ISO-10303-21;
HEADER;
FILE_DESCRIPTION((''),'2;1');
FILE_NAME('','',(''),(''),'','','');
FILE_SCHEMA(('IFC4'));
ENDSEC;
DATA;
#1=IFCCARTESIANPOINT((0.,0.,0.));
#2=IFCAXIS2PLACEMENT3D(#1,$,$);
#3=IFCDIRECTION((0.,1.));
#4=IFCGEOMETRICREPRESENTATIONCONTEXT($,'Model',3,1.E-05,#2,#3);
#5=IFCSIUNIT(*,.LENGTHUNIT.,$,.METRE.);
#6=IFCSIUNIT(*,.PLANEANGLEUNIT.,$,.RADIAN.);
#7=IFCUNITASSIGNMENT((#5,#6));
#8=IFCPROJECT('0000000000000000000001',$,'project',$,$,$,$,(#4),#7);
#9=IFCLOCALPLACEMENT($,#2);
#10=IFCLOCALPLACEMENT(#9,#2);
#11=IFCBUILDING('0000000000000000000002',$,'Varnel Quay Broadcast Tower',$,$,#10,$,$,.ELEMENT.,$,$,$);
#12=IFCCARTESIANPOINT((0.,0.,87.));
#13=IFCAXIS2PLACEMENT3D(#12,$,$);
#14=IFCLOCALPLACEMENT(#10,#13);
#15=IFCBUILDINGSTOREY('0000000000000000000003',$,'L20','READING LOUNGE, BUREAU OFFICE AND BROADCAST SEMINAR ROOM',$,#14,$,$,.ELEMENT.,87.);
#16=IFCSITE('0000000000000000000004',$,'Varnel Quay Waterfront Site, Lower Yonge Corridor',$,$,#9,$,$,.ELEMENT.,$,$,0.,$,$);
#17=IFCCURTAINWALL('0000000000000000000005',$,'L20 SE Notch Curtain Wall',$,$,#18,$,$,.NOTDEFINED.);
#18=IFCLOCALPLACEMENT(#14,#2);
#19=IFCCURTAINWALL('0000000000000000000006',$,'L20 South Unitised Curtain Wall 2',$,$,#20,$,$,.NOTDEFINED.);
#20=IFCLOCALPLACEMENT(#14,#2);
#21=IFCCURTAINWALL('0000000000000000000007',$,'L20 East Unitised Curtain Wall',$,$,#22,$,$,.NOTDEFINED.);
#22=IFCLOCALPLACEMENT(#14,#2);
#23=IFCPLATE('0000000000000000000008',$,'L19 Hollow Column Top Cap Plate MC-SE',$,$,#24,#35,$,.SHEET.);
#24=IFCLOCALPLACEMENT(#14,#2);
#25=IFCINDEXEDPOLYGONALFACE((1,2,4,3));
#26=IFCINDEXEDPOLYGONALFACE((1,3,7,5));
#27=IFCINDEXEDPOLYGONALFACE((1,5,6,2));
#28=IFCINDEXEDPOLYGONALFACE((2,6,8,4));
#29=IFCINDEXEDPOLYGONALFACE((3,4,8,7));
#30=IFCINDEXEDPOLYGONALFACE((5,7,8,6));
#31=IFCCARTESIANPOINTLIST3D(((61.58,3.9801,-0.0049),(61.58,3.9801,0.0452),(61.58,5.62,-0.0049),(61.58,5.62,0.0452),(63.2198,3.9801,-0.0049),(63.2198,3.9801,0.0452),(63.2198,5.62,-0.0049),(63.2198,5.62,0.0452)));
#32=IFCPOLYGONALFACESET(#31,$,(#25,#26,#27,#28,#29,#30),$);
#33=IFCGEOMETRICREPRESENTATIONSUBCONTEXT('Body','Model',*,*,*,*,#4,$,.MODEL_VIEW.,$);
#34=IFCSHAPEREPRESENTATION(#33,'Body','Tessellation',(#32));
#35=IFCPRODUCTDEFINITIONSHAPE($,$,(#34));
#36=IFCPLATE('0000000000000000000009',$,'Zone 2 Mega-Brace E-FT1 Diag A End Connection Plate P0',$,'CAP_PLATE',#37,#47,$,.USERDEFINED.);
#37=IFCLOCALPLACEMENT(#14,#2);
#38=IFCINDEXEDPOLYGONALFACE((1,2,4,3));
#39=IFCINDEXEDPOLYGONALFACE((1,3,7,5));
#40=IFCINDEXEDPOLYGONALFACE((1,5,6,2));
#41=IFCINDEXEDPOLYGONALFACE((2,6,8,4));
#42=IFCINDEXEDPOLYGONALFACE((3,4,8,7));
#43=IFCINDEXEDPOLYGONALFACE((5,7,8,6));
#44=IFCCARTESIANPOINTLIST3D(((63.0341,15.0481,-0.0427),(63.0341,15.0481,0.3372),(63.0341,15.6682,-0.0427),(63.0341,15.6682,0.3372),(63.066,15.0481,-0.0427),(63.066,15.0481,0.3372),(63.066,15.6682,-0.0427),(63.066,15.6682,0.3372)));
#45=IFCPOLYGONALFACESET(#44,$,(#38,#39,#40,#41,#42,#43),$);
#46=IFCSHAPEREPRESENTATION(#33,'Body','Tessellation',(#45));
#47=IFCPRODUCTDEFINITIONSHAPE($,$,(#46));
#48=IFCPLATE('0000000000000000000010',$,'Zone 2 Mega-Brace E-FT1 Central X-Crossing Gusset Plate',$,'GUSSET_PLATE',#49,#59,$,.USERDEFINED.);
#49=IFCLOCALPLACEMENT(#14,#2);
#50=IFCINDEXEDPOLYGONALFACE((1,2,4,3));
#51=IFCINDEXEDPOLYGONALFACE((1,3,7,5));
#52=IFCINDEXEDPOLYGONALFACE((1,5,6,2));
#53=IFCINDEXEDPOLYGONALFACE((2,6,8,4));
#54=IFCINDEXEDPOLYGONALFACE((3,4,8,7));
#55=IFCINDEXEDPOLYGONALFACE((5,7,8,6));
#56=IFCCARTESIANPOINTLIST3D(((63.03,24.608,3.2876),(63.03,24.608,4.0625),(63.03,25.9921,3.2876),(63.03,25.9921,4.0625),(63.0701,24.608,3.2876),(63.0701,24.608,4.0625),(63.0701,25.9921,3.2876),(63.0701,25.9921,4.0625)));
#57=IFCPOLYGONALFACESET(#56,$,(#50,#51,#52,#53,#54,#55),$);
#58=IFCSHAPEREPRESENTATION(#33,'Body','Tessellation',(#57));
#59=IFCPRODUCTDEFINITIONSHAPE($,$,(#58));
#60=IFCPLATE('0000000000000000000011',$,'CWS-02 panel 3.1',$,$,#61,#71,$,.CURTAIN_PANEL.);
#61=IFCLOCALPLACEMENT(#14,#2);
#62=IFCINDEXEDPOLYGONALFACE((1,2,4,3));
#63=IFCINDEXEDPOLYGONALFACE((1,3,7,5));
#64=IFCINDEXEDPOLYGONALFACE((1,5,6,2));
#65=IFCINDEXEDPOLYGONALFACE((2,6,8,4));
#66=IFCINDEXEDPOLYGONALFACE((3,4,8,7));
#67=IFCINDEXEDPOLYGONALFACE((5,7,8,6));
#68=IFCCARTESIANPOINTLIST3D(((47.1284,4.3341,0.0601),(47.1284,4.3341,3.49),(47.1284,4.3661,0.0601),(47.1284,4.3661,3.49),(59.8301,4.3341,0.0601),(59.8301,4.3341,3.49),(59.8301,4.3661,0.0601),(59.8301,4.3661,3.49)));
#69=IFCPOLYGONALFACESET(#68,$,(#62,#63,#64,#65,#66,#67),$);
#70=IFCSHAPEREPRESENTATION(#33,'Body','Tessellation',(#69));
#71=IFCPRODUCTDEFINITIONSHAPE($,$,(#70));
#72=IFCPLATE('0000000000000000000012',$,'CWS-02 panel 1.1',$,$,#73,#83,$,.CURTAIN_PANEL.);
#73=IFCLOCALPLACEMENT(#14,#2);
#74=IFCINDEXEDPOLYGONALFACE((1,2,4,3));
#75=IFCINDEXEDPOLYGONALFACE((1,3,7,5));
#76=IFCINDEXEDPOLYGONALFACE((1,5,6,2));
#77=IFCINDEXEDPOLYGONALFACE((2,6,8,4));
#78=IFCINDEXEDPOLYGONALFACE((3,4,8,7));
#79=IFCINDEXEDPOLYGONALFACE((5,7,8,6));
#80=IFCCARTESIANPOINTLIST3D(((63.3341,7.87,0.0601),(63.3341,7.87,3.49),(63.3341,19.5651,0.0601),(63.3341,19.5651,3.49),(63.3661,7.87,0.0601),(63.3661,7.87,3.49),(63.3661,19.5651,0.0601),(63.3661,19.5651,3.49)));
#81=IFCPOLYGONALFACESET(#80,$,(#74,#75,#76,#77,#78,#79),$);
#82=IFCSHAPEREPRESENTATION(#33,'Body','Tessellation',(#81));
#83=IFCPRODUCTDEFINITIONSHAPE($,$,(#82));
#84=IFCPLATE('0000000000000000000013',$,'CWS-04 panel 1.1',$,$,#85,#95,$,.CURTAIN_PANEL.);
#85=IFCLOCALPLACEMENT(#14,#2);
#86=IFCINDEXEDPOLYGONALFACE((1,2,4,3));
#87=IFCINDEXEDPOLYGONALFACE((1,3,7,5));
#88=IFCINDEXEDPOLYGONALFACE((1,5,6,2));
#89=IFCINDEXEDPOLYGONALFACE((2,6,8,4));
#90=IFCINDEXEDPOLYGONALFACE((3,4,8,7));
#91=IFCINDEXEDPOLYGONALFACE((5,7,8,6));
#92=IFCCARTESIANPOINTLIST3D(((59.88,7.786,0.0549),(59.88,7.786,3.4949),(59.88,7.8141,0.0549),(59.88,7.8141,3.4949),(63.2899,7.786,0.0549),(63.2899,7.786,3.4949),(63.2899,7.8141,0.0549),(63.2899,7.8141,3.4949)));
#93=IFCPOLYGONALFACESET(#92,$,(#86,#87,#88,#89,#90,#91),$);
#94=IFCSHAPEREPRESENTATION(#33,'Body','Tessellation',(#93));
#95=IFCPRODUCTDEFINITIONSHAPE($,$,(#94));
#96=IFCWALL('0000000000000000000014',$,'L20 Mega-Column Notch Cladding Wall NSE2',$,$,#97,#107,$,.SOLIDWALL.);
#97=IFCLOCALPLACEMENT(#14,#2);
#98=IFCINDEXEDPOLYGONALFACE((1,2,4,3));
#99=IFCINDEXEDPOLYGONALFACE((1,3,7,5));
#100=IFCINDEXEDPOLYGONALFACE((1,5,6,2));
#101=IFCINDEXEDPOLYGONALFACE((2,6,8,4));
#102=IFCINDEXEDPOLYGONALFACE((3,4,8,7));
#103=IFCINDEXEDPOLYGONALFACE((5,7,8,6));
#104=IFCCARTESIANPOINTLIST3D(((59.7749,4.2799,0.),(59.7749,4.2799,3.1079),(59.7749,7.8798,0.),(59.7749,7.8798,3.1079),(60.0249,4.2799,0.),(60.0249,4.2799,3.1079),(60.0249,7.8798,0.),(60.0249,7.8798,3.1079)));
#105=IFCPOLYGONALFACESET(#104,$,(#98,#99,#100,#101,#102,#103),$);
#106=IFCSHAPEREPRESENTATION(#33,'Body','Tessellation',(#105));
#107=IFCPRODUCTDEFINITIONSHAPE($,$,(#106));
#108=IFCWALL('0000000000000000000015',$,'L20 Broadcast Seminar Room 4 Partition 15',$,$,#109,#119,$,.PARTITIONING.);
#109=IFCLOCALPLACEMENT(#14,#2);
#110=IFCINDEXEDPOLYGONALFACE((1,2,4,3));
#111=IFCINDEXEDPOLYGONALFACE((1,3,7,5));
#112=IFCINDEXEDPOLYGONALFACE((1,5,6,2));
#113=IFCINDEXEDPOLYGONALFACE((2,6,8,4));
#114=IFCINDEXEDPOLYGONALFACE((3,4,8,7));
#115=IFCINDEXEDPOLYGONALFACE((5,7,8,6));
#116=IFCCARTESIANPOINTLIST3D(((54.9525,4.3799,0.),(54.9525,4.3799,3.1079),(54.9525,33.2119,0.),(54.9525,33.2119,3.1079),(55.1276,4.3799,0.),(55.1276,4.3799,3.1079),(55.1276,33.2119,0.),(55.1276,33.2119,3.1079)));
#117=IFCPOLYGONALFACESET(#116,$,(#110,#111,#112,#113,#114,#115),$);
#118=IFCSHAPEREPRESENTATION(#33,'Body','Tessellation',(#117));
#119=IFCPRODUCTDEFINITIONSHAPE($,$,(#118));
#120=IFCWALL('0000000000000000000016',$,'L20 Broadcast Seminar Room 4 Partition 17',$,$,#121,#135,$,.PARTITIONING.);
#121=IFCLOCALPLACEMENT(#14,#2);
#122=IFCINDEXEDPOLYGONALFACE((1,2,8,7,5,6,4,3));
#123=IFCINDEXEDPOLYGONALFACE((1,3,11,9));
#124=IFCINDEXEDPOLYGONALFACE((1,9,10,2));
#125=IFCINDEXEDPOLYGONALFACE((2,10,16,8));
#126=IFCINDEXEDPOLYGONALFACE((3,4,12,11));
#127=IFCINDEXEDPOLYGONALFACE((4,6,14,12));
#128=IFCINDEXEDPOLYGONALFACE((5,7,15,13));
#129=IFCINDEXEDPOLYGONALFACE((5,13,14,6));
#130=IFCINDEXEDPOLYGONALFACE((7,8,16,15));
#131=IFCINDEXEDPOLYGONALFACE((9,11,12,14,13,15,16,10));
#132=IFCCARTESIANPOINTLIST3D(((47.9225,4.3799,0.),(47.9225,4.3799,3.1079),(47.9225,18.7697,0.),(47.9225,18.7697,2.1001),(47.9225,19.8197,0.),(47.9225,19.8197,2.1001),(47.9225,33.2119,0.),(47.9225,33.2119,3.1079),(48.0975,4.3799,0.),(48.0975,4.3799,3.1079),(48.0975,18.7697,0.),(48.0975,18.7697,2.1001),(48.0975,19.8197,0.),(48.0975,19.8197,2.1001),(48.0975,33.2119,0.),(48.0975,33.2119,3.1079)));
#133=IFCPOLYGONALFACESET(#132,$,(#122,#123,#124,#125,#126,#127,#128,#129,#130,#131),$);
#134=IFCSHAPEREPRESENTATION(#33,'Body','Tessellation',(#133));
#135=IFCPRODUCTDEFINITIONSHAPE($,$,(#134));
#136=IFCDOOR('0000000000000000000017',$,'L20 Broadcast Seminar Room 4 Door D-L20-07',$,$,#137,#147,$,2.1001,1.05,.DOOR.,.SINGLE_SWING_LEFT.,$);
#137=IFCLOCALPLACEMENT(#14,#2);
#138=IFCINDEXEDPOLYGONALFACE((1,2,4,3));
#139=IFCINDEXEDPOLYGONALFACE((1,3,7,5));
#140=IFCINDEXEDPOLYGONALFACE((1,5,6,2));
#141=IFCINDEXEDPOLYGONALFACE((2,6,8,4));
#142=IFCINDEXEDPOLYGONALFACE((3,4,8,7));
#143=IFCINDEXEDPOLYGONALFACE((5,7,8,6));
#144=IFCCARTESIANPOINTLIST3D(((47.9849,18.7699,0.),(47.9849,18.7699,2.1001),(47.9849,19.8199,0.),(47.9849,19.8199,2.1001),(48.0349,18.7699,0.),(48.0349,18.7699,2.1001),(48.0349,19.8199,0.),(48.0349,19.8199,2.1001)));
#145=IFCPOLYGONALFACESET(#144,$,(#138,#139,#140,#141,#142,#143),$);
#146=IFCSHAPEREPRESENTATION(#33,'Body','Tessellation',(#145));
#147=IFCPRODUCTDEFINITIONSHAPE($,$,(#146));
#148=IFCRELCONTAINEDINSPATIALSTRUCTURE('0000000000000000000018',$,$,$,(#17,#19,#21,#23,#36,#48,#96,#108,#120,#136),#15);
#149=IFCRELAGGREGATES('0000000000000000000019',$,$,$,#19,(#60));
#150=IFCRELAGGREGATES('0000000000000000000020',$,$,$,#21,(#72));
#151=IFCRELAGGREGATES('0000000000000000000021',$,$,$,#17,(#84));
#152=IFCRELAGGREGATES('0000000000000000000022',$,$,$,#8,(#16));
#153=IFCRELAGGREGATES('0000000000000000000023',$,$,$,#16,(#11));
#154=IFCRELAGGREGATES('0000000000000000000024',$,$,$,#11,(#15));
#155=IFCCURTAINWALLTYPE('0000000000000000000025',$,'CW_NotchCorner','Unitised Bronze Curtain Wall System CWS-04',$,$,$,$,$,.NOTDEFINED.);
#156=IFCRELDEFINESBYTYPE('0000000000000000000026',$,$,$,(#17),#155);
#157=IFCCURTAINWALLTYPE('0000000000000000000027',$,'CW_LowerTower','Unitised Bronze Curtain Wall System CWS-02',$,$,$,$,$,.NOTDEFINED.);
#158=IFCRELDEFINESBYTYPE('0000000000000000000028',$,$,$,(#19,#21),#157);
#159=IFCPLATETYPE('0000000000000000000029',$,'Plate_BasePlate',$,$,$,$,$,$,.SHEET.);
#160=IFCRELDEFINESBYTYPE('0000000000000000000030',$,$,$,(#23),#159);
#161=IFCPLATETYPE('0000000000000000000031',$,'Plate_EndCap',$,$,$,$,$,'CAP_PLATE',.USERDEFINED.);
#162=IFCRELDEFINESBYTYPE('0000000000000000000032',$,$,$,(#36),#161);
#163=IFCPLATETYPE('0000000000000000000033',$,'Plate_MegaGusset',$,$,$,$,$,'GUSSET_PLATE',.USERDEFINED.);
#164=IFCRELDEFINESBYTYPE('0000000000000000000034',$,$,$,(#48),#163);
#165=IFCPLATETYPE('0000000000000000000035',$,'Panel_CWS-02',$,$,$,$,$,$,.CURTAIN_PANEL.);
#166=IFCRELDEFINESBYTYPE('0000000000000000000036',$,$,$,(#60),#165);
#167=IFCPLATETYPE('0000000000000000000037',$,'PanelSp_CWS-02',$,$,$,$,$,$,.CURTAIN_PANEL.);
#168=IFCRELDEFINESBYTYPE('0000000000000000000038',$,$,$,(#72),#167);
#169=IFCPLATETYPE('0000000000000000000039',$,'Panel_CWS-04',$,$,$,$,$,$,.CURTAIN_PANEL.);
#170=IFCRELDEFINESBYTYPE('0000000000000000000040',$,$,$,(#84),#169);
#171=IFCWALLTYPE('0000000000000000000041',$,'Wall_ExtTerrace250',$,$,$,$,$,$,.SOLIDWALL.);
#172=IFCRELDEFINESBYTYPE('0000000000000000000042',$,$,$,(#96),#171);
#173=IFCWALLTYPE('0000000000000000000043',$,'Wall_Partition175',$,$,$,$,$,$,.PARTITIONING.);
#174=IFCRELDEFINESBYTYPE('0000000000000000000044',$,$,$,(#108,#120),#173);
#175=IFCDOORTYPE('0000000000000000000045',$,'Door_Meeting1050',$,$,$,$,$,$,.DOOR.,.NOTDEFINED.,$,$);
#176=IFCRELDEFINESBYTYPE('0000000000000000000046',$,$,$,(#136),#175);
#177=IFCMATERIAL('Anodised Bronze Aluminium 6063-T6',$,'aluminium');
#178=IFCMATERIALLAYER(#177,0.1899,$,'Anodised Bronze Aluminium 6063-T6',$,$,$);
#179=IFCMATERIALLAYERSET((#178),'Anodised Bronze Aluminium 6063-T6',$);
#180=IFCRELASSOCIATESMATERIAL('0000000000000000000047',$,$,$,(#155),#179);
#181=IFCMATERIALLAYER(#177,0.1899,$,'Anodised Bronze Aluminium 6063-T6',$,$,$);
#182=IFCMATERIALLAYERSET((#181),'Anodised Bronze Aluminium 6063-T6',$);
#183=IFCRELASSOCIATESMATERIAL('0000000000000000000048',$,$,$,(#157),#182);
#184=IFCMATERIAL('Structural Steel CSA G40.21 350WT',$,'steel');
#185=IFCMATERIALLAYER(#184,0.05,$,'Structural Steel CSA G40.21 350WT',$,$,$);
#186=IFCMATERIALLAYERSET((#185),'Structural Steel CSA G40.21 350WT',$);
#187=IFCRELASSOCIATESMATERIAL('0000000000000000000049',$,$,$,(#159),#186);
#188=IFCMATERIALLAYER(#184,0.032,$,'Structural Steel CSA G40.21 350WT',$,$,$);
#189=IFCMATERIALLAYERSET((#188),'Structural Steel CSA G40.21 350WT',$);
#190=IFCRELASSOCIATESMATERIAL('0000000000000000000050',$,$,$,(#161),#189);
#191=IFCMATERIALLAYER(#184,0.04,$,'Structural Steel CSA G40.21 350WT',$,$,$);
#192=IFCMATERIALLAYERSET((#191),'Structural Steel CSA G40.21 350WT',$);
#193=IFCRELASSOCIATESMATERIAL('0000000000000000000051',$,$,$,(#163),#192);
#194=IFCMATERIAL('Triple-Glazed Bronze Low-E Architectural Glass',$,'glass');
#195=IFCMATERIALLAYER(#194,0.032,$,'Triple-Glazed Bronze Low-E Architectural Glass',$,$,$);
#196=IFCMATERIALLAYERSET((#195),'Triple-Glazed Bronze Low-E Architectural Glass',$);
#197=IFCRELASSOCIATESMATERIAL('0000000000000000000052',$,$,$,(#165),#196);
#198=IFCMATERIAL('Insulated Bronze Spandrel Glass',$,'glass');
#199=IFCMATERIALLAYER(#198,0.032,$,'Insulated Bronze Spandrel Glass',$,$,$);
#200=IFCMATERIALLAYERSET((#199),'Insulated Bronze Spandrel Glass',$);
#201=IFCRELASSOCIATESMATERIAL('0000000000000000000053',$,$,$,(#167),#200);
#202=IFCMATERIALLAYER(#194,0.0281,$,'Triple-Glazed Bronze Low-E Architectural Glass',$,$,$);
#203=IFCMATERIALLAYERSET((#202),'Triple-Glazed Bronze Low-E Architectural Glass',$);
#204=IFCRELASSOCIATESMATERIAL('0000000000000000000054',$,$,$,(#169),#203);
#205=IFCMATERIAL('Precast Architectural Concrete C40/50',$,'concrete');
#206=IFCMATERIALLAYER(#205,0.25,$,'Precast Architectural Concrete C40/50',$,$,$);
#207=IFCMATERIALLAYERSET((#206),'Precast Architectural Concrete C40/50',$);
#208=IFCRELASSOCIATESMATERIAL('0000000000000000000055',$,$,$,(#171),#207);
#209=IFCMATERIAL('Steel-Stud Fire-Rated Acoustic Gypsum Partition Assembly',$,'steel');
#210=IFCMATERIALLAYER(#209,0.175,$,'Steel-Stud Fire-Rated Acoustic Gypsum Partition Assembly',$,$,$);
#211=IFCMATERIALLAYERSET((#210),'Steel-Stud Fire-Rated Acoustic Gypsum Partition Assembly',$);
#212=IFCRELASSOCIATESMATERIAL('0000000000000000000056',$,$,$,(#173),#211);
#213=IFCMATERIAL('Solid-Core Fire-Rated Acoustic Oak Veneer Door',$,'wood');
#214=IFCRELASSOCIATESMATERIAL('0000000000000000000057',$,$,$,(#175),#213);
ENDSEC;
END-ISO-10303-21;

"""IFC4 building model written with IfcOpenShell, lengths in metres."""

from ifc_helpers import new_model, si_unit, direction, frame, frame_2d, origin, origin_2d, place, context, subcontext, project, spatial, rectangle, extrude, source, transform, mapped, material, layer, layer_set, type_object, type_shapes, element, fill, aggregate, save


model = new_model("IFC4")

# Units and contexts
model_context = context("Model", 3, precision=1e-05, world=origin(), true_north=direction((0.0, 1.0)))
body_context = subcontext(model_context, "Body", "Model", "MODEL_VIEW")
ifc_project = project(units=[si_unit("LENGTHUNIT", "METRE"), si_unit("PLANEANGLEUNIT", "RADIAN")], contexts=[model_context])

# Site, building, storey
site_placement = place(None, origin())
site = spatial("IfcSite", under=ifc_project, at=site_placement, Name="Varnel Quay Waterfront Site, Lower Yonge Corridor", CompositionType="ELEMENT", RefElevation=0.0)
building_placement = place(site_placement, origin())
building = spatial("IfcBuilding", under=site, at=building_placement, Name="Varnel Quay Broadcast Tower", CompositionType="ELEMENT")
storey_placement = place(building_placement, frame((0.0, 0.0, 87.0)))
storey = spatial("IfcBuildingStorey", under=building, at=storey_placement, Name="L20", Description="READING LOUNGE, BUREAU OFFICE AND BROADCAST SEMINAR ROOM", CompositionType="ELEMENT", Elevation=87.0)

# Shared definitions
ifc_material_1 = material(Name="Structural Steel CSA G40.21 350WT", Category="steel")

# Curtain wall
ifc_material_2 = material(Name="Anodised Bronze Aluminium 6063-T6", Category="aluminium")
ifc_layer_1 = layer(ifc_material_2, 0.1899, Name="Anodised Bronze Aluminium 6063-T6")
ifc_layer_set_1 = layer_set([ifc_layer_1], Name="Anodised Bronze Aluminium 6063-T6")
curtain_wall_type_1 = type_object("IfcCurtainWallType", Name="CW_NotchCorner", Description="Unitised Bronze Curtain Wall System CWS-04", PredefinedType="NOTDEFINED", material=ifc_layer_set_1)
curtain_wall_1_placement = place(storey_placement, origin())
curtain_wall_1 = element("IfcCurtainWall", 1, at=curtain_wall_1_placement, inside=storey, type_object=curtain_wall_type_1, Name="L20 SE Notch Curtain Wall", PredefinedType="NOTDEFINED")

# Curtain wall
ifc_layer_2 = layer(ifc_material_2, 0.1899, Name="Anodised Bronze Aluminium 6063-T6")
ifc_layer_set_2 = layer_set([ifc_layer_2], Name="Anodised Bronze Aluminium 6063-T6")
curtain_wall_type_2 = type_object("IfcCurtainWallType", Name="CW_LowerTower", Description="Unitised Bronze Curtain Wall System CWS-02", PredefinedType="NOTDEFINED", material=ifc_layer_set_2)
curtain_wall_2_placement = place(storey_placement, origin())
curtain_wall_2 = element("IfcCurtainWall", 2, at=curtain_wall_2_placement, inside=storey, type_object=curtain_wall_type_2, Name="L20 South Unitised Curtain Wall 2", PredefinedType="NOTDEFINED")

# Curtain wall
curtain_wall_3_placement = place(storey_placement, origin())
curtain_wall_3 = element("IfcCurtainWall", 3, at=curtain_wall_3_placement, inside=storey, type_object=curtain_wall_type_2, Name="L20 East Unitised Curtain Wall", PredefinedType="NOTDEFINED")

# Plates
ifc_layer_3 = layer(ifc_material_1, 0.05, Name="Structural Steel CSA G40.21 350WT")
ifc_layer_set_3 = layer_set([ifc_layer_3], Name="Structural Steel CSA G40.21 350WT")
plate_type_1 = type_object("IfcPlateType", Name="Plate_BasePlate", PredefinedType="SHEET", material=ifc_layer_set_3)
shared_shape_1 = source(origin(), body_context, "Body", "SweptSolid", [
    extrude(rectangle(XDim=1.6399, YDim=1.6399, at=origin_2d()), origin(), (0.0, 0.0, 1.0), 0.05),
])
type_shapes(plate_type_1, [shared_shape_1])
plate_1_placement = place(storey_placement, frame((62.3999, 4.8, -0.0049), z_axis=(0.0, 0.0, 1.0), x_axis=(1.0, 0.0, 0.0)))
element("IfcPlate", 4, at=plate_1_placement, inside=storey, type_object=plate_type_1, Name="L19 Hollow Column Top Cap Plate MC-SE", PredefinedType="SHEET", context=body_context, shape_type="MappedRepresentation", body=[
    mapped(shared_shape_1, transform((0.0, 0.0, 0.0), x_axis=(1.0, 0.0, 0.0), y_axis=(0.0, 1.0, 0.0), z_axis=(0.0, 0.0, 1.0), scale=1.0)),
])
ifc_layer_4 = layer(ifc_material_1, 0.032, Name="Structural Steel CSA G40.21 350WT")
ifc_layer_set_4 = layer_set([ifc_layer_4], Name="Structural Steel CSA G40.21 350WT")
plate_type_2 = type_object("IfcPlateType", Name="Plate_EndCap", ElementType="CAP_PLATE", PredefinedType="USERDEFINED", material=ifc_layer_set_4)
shared_shape_2 = source(origin(), body_context, "Body", "SweptSolid", [
    extrude(rectangle(XDim=0.6201, YDim=0.032, at=origin_2d()), origin(), (0.0, 0.0, 1.0), 0.3799),
])
type_shapes(plate_type_2, [shared_shape_2])
plate_2_placement = place(storey_placement, frame((63.05, 15.3582, -0.0427), z_axis=(0.0, 0.0, 1.0), x_axis=(0.0, 1.0, 0.0)))
element("IfcPlate", 5, at=plate_2_placement, inside=storey, type_object=plate_type_2, Name="Zone 2 Mega-Brace E-FT1 Diag A End Connection Plate P0", ObjectType="CAP_PLATE", PredefinedType="USERDEFINED", context=body_context, shape_type="MappedRepresentation", body=[
    mapped(shared_shape_2, transform((0.0, 0.0, 0.0), x_axis=(1.0, 0.0, 0.0), y_axis=(0.0, 1.0, 0.0), z_axis=(0.0, 0.0, 1.0), scale=1.0)),
])
ifc_layer_5 = layer(ifc_material_1, 0.04, Name="Structural Steel CSA G40.21 350WT")
ifc_layer_set_5 = layer_set([ifc_layer_5], Name="Structural Steel CSA G40.21 350WT")
plate_type_3 = type_object("IfcPlateType", Name="Plate_MegaGusset", ElementType="GUSSET_PLATE", PredefinedType="USERDEFINED", material=ifc_layer_set_5)
shared_shape_3 = source(origin(), body_context, "Body", "SweptSolid", [
    extrude(rectangle(XDim=1.384, YDim=0.04, at=origin_2d()), origin(), (0.0, 0.0, 1.0), 0.7749),
])
type_shapes(plate_type_3, [shared_shape_3])
plate_3_placement = place(storey_placement, frame((63.05, 25.3, 3.2876), z_axis=(0.0, 0.0, 1.0), x_axis=(0.0, 1.0, 0.0)))
element("IfcPlate", 6, at=plate_3_placement, inside=storey, type_object=plate_type_3, Name="Zone 2 Mega-Brace E-FT1 Central X-Crossing Gusset Plate", ObjectType="GUSSET_PLATE", PredefinedType="USERDEFINED", context=body_context, shape_type="MappedRepresentation", body=[
    mapped(shared_shape_3, transform((0.0, 0.0, 0.0), x_axis=(1.0, 0.0, 0.0), y_axis=(0.0, 1.0, 0.0), z_axis=(0.0, 0.0, 1.0), scale=1.0)),
])

# Plates
ifc_material_3 = material(Name="Triple-Glazed Bronze Low-E Architectural Glass", Category="glass")
ifc_layer_6 = layer(ifc_material_3, 0.032, Name="Triple-Glazed Bronze Low-E Architectural Glass")
ifc_layer_set_6 = layer_set([ifc_layer_6], Name="Triple-Glazed Bronze Low-E Architectural Glass")
plate_type_4 = type_object("IfcPlateType", Name="Panel_CWS-02", PredefinedType="CURTAIN_PANEL", material=ifc_layer_set_6)
shared_shape_4 = source(origin(), body_context, "Body", "SweptSolid", [
    extrude(rectangle(XDim=12.7017, YDim=0.032, at=origin_2d()), origin(), (0.0, 0.0, 1.0), 3.4299),
])
type_shapes(plate_type_4, [shared_shape_4])
plate_4_placement = place(storey_placement, frame((53.4792, 4.3501, 0.0601), z_axis=(0.0, 0.0, 1.0), x_axis=(1.0, 0.0, 0.0)))
plate_4 = element("IfcPlate", 7, at=plate_4_placement, type_object=plate_type_4, Name="CWS-02 panel 3.1", PredefinedType="CURTAIN_PANEL", context=body_context, shape_type="MappedRepresentation", body=[
    mapped(shared_shape_4, transform((0.0, 0.0, 0.0), x_axis=(1.0, 0.0, 0.0), y_axis=(0.0, 1.0, 0.0), z_axis=(0.0, 0.0, 1.0), scale=1.0)),
])
aggregate(curtain_wall_2, [plate_4])
ifc_material_4 = material(Name="Insulated Bronze Spandrel Glass", Category="glass")
ifc_layer_7 = layer(ifc_material_4, 0.032, Name="Insulated Bronze Spandrel Glass")
ifc_layer_set_7 = layer_set([ifc_layer_7], Name="Insulated Bronze Spandrel Glass")
plate_type_5 = type_object("IfcPlateType", Name="PanelSp_CWS-02", PredefinedType="CURTAIN_PANEL", material=ifc_layer_set_7)
shared_shape_5 = source(origin(), body_context, "Body", "SweptSolid", [
    extrude(rectangle(XDim=11.6951, YDim=0.032, at=origin_2d()), origin(), (0.0, 0.0, 1.0), 3.4299),
])
type_shapes(plate_type_5, [shared_shape_5])
plate_5_placement = place(storey_placement, frame((63.3501, 13.7175, 0.0601), z_axis=(0.0, 0.0, 1.0), x_axis=(0.0, 1.0, 0.0)))
plate_5 = element("IfcPlate", 8, at=plate_5_placement, type_object=plate_type_5, Name="CWS-02 panel 1.1", PredefinedType="CURTAIN_PANEL", context=body_context, shape_type="MappedRepresentation", body=[
    mapped(shared_shape_5, transform((0.0, 0.0, 0.0), x_axis=(1.0, 0.0, 0.0), y_axis=(0.0, 1.0, 0.0), z_axis=(0.0, 0.0, 1.0), scale=1.0)),
])
aggregate(curtain_wall_3, [plate_5])
ifc_layer_8 = layer(ifc_material_3, 0.0281, Name="Triple-Glazed Bronze Low-E Architectural Glass")
ifc_layer_set_8 = layer_set([ifc_layer_8], Name="Triple-Glazed Bronze Low-E Architectural Glass")
plate_type_6 = type_object("IfcPlateType", Name="Panel_CWS-04", PredefinedType="CURTAIN_PANEL", material=ifc_layer_set_8)
shared_shape_6 = source(origin(), body_context, "Body", "SweptSolid", [
    extrude(rectangle(XDim=3.4099, YDim=0.0281, at=origin_2d()), origin(), (0.0, 0.0, 1.0), 3.4399),
])
type_shapes(plate_type_6, [shared_shape_6])
plate_6_placement = place(storey_placement, frame((61.585, 7.8, 0.0549), z_axis=(0.0, 0.0, 1.0), x_axis=(1.0, 0.0, 0.0)))
plate_6 = element("IfcPlate", 9, at=plate_6_placement, type_object=plate_type_6, Name="CWS-04 panel 1.1", PredefinedType="CURTAIN_PANEL", context=body_context, shape_type="MappedRepresentation", body=[
    mapped(shared_shape_6, transform((0.0, 0.0, 0.0), x_axis=(1.0, 0.0, 0.0), y_axis=(0.0, 1.0, 0.0), z_axis=(0.0, 0.0, 1.0), scale=1.0)),
])
aggregate(curtain_wall_1, [plate_6])

# Walls
ifc_material_5 = material(Name="Precast Architectural Concrete C40/50", Category="concrete")
ifc_layer_9 = layer(ifc_material_5, 0.25, Name="Precast Architectural Concrete C40/50")
ifc_layer_set_9 = layer_set([ifc_layer_9], Name="Precast Architectural Concrete C40/50")
wall_type_1 = type_object("IfcWallType", Name="Wall_ExtTerrace250", PredefinedType="SOLIDWALL", material=ifc_layer_set_9)
wall_1_placement = place(storey_placement, frame((59.8999, 4.28, 0.0), z_axis=(0.0, 0.0, 1.0), x_axis=(0.0, 1.0, 0.0)))
element("IfcWall", 10, at=wall_1_placement, inside=storey, type_object=wall_type_1, Name="L20 Mega-Column Notch Cladding Wall NSE2", PredefinedType="SOLIDWALL", context=body_context, shape_type="SweptSolid", body=[
    extrude(rectangle(XDim=3.5999, YDim=0.25, at=frame_2d((1.7998, 0.0))), origin(), (0.0, 0.0, 1.0), 3.1079),
])
ifc_material_6 = material(Name="Steel-Stud Fire-Rated Acoustic Gypsum Partition Assembly", Category="steel")
ifc_layer_10 = layer(ifc_material_6, 0.175, Name="Steel-Stud Fire-Rated Acoustic Gypsum Partition Assembly")
ifc_layer_set_10 = layer_set([ifc_layer_10], Name="Steel-Stud Fire-Rated Acoustic Gypsum Partition Assembly")
wall_type_2 = type_object("IfcWallType", Name="Wall_Partition175", PredefinedType="PARTITIONING", material=ifc_layer_set_10)
wall_2_placement = place(storey_placement, frame((55.04, 4.3799, 0.0), z_axis=(0.0, 0.0, 1.0), x_axis=(0.0, 1.0, 0.0)))
element("IfcWall", 11, at=wall_2_placement, inside=storey, type_object=wall_type_2, Name="L20 Broadcast Seminar Room 4 Partition 15", PredefinedType="PARTITIONING", context=body_context, shape_type="SweptSolid", body=[
    extrude(rectangle(XDim=28.832, YDim=0.175, at=frame_2d((14.416, 0.0))), origin(), (0.0, 0.0, 1.0), 3.1079),
])

# Wall, opening, door
wall_3_placement = place(storey_placement, frame((48.01, 4.3799, 0.0), z_axis=(0.0, 0.0, 1.0), x_axis=(0.0, 1.0, 0.0)))
wall_3 = element("IfcWall", 12, at=wall_3_placement, inside=storey, type_object=wall_type_2, Name="L20 Broadcast Seminar Room 4 Partition 17", PredefinedType="PARTITIONING", context=body_context, shape_type="SweptSolid", body=[
    extrude(rectangle(XDim=28.832, YDim=0.175, at=frame_2d((14.416, 0.0))), origin(), (0.0, 0.0, 1.0), 3.1079),
])
opening_placement = place(wall_3_placement, frame((14.3899, 0.0, 0.0)))
opening = element("IfcOpeningElement", 13, at=opening_placement, cuts=wall_3, PredefinedType="OPENING", context=body_context, shape_type="SweptSolid", body=[
    extrude(rectangle(XDim=1.05, YDim=2.1001, at=frame_2d((0.5249, 1.05))), frame((0.0, 0.0977, 0.0), z_axis=(0.0, -1.0, 0.0), x_axis=(1.0, 0.0, 0.0)), (0.0, 0.0, 1.0), 0.1951),
])
ifc_material_7 = material(Name="Solid-Core Fire-Rated Acoustic Oak Veneer Door", Category="wood")
door_type = type_object("IfcDoorType", Name="Door_Meeting1050", OperationType="NOTDEFINED", PredefinedType="DOOR", material=ifc_material_7)
shared_shape_7 = source(origin(), body_context, "Body", "SweptSolid", [
    extrude(rectangle(XDim=1.05, YDim=2.1001, at=frame_2d((0.5249, 1.05))), frame((0.0, 0.0249, 0.0), z_axis=(0.0, -1.0, 0.0), x_axis=(1.0, 0.0, 0.0)), (0.0, 0.0, 1.0), 0.05),
])
type_shapes(door_type, [shared_shape_7])
door_placement = place(opening_placement, frame((1.05, 0.0, 0.0), z_axis=(0.0, 0.0, 1.0), x_axis=(-1.0, 0.0, 0.0)))
door = element("IfcDoor", 14, at=door_placement, inside=storey, type_object=door_type, Name="L20 Broadcast Seminar Room 4 Door D-L20-07", OperationType="SINGLE_SWING_LEFT", OverallHeight=2.1001, OverallWidth=1.05, PredefinedType="DOOR", context=body_context, shape_type="MappedRepresentation", body=[
    mapped(shared_shape_7, transform((0.0, 0.0, 0.0), x_axis=(1.0, 0.0, 0.0), y_axis=(0.0, 1.0, 0.0), z_axis=(0.0, 0.0, 1.0), scale=1.0)),
])
fill(opening, door)

save(model, "model.ifc")
